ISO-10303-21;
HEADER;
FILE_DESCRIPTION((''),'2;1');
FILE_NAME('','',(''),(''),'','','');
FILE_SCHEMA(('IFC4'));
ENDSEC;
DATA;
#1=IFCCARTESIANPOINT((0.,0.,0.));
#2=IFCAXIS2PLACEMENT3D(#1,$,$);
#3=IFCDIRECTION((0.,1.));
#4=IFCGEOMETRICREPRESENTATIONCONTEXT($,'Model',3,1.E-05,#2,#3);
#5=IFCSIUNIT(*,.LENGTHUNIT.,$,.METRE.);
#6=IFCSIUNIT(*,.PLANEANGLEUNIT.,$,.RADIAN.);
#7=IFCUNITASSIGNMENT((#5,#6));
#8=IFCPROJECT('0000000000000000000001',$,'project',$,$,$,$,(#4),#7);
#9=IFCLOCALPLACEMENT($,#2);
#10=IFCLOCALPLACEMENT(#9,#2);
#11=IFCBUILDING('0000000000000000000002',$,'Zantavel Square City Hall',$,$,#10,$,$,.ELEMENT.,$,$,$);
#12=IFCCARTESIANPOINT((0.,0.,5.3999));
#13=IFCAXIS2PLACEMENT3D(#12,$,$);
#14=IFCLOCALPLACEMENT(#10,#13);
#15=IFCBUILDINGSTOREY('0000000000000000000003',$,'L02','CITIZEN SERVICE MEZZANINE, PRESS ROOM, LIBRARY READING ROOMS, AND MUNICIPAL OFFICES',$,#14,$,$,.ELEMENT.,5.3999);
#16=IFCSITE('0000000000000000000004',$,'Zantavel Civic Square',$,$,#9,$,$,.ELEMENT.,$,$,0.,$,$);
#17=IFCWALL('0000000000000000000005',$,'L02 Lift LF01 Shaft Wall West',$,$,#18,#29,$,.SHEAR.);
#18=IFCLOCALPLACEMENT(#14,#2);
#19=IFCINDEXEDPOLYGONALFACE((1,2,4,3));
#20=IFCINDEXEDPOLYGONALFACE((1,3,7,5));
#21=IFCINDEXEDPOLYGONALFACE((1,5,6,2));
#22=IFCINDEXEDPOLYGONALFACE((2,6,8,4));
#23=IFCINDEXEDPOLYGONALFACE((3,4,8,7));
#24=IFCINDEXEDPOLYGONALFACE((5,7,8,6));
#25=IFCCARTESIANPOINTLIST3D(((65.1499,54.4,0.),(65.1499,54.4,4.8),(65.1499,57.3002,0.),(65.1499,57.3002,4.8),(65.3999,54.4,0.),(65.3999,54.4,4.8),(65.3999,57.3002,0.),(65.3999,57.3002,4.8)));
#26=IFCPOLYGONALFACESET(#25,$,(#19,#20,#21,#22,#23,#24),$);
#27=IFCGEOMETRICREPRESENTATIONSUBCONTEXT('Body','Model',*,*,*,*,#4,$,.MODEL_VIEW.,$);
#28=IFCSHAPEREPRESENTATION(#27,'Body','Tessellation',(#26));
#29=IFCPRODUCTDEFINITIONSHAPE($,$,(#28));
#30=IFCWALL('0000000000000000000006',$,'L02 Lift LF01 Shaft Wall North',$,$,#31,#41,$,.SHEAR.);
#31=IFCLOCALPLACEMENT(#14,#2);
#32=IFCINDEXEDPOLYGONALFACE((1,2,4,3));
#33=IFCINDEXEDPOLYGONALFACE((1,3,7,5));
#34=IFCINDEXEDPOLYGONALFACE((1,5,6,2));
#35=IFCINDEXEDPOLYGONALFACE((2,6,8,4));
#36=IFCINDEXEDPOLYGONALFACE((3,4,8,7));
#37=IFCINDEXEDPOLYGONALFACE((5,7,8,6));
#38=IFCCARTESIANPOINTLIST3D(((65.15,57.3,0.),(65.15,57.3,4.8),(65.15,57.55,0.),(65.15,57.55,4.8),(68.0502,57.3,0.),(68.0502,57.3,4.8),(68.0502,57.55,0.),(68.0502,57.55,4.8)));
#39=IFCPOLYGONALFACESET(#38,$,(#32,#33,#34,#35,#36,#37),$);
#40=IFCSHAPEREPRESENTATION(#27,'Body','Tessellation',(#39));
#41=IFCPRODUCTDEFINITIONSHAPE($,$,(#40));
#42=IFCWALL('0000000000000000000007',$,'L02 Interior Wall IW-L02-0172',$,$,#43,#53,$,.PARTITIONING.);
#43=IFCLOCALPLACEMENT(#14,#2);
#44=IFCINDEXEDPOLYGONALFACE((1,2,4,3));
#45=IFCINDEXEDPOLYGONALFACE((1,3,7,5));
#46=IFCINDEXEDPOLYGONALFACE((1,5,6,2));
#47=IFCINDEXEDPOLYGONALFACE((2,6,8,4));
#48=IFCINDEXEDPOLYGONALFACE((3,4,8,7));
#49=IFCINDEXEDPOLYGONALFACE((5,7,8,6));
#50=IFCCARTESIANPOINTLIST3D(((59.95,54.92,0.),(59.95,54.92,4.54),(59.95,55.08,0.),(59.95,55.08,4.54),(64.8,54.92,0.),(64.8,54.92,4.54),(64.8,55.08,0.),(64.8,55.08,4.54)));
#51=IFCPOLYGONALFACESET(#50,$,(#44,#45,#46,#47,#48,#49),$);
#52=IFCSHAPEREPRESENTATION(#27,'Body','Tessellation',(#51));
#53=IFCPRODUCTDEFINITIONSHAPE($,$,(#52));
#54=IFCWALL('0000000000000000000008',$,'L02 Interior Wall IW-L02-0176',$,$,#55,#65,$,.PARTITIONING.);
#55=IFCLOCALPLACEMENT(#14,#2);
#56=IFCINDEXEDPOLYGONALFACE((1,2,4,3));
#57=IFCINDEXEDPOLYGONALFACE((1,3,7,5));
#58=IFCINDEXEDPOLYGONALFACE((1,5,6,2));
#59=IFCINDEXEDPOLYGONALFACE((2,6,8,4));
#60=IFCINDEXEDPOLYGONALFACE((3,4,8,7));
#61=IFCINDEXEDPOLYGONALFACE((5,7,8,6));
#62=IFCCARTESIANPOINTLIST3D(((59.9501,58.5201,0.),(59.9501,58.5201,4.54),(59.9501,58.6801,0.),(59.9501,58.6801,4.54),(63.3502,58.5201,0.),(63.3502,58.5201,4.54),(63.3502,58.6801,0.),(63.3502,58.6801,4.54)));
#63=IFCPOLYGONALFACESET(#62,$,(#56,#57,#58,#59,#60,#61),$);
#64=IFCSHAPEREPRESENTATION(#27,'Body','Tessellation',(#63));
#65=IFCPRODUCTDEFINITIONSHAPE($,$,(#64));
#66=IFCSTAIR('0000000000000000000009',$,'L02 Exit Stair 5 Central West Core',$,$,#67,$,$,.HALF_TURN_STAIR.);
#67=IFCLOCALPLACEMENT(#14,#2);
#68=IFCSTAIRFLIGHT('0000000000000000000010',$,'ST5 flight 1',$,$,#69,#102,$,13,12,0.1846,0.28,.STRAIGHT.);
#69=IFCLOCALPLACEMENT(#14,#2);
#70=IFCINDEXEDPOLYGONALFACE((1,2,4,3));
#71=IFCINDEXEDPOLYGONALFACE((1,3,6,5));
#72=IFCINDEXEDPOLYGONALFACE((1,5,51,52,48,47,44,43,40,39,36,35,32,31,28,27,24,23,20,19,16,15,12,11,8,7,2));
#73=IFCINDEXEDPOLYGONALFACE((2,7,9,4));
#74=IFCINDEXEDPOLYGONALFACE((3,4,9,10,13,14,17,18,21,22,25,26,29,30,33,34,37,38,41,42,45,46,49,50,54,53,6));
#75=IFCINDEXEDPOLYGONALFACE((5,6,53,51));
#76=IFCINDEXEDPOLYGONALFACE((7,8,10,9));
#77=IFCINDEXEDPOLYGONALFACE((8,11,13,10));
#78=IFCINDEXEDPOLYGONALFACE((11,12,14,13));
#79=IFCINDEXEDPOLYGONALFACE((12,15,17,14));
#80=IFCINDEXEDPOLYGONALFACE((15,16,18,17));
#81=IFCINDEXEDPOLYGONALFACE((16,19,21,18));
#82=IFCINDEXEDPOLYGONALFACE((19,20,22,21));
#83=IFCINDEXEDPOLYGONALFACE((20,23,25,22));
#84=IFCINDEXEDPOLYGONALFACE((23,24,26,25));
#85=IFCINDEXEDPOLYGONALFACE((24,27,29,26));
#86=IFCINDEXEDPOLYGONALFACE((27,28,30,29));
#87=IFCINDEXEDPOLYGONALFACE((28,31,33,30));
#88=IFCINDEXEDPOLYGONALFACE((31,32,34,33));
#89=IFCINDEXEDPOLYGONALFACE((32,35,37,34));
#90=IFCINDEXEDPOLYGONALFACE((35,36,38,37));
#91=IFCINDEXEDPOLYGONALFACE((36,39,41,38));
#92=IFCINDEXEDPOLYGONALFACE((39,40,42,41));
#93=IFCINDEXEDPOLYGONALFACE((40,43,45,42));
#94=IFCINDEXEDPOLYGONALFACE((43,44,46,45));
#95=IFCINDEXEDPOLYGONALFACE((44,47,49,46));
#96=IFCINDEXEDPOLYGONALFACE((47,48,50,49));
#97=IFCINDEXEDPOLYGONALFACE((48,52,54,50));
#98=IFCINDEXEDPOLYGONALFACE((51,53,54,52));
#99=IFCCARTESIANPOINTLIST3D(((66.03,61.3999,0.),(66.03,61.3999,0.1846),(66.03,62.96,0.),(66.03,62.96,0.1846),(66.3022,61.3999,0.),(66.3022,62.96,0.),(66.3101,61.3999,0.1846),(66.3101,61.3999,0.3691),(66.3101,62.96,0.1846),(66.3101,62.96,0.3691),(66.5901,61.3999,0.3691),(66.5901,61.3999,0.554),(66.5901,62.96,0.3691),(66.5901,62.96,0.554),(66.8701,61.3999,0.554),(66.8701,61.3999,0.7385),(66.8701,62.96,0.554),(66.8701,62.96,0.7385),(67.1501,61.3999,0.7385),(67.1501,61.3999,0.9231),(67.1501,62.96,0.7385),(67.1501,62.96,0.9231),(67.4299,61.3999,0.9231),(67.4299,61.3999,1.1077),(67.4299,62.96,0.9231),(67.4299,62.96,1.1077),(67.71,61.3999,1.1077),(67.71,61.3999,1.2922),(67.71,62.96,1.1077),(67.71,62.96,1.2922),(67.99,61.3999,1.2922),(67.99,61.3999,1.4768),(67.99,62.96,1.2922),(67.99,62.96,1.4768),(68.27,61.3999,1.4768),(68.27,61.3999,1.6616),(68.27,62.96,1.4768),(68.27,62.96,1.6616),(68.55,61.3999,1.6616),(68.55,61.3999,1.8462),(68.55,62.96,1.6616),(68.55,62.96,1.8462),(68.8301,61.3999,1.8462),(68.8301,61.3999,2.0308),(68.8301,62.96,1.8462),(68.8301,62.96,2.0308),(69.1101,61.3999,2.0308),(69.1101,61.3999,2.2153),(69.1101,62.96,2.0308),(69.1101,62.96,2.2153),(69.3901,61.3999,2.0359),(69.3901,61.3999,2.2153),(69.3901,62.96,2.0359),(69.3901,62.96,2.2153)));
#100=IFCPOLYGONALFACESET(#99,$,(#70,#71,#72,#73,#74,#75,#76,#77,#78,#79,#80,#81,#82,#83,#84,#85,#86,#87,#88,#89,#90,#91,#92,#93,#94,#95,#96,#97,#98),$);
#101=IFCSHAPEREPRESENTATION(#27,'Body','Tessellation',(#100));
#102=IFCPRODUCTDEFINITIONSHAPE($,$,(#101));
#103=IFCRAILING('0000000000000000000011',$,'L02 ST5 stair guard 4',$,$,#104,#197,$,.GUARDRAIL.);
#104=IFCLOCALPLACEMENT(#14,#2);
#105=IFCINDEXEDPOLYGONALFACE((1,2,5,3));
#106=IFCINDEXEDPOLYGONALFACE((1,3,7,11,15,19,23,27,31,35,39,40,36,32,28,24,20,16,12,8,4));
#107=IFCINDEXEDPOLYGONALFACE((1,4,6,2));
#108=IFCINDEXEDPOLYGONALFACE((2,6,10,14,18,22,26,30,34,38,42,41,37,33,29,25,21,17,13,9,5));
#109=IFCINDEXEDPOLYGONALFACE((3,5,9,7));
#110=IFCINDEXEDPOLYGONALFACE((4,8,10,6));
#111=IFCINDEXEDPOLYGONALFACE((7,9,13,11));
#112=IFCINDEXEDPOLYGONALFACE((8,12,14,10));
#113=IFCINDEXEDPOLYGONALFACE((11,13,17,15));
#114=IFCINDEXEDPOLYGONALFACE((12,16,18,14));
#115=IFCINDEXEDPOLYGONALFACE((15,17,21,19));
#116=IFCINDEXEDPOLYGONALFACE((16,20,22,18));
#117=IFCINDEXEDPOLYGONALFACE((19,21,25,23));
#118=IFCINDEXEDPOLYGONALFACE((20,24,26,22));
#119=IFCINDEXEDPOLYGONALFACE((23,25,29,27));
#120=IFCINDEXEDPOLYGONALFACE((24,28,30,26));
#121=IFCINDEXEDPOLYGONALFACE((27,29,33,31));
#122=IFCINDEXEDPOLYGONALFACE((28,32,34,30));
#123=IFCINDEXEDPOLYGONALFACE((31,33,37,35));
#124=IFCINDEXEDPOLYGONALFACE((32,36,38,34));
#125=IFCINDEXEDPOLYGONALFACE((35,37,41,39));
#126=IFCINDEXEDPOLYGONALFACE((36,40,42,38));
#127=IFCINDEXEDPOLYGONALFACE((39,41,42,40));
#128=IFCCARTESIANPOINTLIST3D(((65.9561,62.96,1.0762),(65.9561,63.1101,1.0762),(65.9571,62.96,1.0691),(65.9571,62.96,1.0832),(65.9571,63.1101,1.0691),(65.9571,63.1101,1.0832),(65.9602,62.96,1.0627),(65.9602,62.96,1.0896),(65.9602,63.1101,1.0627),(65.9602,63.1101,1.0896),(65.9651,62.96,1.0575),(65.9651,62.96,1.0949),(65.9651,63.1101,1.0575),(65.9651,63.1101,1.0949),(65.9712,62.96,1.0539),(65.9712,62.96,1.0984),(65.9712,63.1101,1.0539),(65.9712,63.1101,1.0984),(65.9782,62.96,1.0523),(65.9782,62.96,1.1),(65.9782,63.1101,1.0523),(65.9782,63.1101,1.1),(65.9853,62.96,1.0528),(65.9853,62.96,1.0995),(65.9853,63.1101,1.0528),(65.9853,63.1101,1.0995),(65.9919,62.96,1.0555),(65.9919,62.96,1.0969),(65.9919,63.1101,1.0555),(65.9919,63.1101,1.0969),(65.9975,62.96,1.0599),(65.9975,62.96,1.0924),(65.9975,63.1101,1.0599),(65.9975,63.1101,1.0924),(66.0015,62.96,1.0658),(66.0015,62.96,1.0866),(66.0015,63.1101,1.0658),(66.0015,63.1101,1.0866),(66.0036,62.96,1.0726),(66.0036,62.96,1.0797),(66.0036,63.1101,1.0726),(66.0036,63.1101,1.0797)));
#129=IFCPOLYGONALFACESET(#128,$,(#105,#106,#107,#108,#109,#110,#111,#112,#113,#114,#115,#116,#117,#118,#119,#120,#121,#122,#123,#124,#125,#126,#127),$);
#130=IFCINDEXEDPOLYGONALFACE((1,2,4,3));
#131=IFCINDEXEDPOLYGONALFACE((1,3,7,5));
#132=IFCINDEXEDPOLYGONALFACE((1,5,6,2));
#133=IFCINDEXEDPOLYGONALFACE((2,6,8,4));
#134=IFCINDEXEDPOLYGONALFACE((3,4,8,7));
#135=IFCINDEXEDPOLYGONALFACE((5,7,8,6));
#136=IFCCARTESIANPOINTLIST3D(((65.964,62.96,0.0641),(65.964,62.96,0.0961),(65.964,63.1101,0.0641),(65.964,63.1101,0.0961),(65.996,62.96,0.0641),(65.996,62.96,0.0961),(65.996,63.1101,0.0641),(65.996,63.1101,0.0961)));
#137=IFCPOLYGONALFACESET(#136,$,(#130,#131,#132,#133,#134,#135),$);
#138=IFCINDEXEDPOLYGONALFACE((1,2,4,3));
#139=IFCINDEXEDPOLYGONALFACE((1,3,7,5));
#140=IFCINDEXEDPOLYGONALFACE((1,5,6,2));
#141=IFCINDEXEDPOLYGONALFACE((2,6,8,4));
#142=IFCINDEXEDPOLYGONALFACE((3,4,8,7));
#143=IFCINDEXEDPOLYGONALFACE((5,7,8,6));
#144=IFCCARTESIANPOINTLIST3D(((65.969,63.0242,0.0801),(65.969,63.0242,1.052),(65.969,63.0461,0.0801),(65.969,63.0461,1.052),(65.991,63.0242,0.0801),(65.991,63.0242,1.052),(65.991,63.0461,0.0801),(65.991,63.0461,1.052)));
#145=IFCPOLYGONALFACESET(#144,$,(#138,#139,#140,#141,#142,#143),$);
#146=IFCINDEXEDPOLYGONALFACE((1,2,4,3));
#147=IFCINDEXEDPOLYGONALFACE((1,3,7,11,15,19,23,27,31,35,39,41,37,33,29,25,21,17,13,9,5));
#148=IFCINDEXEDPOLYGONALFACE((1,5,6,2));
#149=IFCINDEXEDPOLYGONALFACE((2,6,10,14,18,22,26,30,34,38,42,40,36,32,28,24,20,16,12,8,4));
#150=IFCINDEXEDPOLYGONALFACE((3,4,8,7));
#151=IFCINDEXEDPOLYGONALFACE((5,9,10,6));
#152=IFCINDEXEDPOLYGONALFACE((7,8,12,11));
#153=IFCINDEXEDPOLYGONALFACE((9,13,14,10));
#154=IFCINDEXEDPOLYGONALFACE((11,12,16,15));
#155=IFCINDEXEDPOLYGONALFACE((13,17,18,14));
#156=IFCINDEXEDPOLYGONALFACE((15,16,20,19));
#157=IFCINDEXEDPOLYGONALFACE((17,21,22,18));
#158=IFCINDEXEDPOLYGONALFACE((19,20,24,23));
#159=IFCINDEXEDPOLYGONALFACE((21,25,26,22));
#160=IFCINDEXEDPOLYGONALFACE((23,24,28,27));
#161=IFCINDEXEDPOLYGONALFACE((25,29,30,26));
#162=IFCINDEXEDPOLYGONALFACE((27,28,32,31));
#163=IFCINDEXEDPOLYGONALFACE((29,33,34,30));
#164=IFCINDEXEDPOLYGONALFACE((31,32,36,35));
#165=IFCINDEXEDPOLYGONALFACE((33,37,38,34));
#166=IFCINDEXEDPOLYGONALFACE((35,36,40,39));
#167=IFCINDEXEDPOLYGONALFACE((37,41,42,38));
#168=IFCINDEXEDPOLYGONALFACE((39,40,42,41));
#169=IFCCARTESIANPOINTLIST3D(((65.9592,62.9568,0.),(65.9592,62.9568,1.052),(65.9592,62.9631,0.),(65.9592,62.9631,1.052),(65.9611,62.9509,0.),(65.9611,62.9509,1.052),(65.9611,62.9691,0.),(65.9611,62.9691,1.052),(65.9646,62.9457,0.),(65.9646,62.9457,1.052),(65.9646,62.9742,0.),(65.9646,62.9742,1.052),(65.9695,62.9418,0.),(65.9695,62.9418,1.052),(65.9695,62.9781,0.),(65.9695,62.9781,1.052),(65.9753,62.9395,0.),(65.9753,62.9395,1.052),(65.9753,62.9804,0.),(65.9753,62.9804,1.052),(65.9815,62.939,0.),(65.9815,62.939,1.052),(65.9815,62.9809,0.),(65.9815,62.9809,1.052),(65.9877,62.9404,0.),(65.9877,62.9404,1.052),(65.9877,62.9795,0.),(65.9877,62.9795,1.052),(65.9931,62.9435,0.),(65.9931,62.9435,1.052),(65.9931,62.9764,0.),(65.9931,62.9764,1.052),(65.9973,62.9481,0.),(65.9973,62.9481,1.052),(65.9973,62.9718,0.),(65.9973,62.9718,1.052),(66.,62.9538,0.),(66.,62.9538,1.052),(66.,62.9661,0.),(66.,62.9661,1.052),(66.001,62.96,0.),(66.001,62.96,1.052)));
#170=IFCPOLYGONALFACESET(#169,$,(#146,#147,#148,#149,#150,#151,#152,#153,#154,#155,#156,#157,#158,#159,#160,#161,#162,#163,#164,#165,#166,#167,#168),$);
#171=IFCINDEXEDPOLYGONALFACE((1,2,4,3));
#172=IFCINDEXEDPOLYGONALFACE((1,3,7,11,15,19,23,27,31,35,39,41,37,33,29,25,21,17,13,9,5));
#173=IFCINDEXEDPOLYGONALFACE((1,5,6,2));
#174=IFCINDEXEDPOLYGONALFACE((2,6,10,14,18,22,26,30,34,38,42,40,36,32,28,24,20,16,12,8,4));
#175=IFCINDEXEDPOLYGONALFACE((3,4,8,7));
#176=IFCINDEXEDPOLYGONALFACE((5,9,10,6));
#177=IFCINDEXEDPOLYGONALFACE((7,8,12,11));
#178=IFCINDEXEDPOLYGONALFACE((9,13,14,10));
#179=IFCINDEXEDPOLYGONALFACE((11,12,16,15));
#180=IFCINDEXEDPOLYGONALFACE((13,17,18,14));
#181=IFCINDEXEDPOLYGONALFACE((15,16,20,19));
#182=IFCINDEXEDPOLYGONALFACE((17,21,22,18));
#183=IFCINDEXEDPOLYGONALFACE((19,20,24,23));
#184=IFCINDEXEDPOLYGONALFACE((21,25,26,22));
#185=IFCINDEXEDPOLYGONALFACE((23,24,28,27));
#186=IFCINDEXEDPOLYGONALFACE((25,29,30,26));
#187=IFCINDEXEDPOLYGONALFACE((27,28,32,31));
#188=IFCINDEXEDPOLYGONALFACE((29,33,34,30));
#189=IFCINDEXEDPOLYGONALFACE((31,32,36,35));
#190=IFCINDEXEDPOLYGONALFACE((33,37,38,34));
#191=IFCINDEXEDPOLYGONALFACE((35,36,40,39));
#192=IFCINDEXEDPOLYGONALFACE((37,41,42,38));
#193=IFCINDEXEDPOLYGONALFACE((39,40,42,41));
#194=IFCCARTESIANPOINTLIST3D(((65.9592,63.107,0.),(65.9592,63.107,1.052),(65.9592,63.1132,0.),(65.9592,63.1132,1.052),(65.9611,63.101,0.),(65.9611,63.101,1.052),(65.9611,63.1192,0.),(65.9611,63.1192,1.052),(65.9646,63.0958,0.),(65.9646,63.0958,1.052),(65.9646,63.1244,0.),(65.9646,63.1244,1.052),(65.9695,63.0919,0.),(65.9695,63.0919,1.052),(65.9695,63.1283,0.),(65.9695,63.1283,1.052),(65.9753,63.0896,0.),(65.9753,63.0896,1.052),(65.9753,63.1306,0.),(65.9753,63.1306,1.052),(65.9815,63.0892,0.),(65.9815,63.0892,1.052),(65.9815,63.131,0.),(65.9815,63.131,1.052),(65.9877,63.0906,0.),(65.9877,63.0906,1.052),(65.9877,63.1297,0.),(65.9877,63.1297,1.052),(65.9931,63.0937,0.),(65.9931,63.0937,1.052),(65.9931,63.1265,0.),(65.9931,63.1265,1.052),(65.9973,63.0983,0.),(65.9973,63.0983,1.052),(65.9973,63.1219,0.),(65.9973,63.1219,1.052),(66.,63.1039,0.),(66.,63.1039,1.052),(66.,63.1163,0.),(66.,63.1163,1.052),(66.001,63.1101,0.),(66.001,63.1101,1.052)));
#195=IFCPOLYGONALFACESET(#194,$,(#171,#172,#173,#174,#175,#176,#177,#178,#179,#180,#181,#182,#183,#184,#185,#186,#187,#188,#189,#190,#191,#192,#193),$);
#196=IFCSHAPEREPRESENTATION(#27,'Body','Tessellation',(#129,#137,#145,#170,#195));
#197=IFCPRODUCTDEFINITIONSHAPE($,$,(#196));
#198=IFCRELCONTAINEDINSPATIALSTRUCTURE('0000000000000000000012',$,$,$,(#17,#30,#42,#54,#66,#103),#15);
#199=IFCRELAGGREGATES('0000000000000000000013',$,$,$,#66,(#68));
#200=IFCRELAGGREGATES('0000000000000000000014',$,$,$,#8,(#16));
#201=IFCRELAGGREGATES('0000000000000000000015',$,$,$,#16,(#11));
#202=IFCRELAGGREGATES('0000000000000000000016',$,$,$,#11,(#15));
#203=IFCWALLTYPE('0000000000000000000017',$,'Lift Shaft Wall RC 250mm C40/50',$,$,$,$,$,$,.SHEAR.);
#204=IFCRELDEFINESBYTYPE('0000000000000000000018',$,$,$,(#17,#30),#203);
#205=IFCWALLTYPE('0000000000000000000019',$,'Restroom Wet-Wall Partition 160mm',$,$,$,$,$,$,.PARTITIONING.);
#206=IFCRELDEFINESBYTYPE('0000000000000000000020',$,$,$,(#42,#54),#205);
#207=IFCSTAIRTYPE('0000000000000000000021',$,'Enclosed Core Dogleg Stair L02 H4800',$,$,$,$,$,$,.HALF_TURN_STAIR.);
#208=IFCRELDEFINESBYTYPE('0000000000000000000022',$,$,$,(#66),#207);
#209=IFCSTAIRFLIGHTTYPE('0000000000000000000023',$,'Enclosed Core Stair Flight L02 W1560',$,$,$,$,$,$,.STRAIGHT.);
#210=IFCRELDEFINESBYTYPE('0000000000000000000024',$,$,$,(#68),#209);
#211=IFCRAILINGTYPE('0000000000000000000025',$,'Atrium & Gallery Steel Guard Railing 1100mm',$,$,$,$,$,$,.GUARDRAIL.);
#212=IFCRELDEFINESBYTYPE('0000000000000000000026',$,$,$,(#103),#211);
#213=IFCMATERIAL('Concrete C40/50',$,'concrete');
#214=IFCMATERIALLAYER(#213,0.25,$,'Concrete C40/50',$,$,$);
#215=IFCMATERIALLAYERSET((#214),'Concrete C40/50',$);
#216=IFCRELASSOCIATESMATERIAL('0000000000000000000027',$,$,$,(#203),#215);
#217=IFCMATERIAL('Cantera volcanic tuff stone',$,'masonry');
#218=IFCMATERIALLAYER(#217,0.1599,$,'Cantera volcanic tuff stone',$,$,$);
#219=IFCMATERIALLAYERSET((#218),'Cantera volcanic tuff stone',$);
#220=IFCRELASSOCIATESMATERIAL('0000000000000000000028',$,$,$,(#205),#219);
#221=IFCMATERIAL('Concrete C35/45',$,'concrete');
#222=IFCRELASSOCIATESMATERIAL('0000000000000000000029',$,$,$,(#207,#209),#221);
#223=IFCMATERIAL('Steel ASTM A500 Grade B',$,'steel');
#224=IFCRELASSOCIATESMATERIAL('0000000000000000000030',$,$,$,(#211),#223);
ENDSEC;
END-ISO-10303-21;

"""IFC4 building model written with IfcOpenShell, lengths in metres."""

from ifc_helpers import new_model, si_unit, direction, frame, frame_2d, origin, origin_2d, place, context, subcontext, project, spatial, polyline, rectangle, circle, outline, extrude, material, layer, layer_set, type_object, element, aggregate, save


model = new_model("IFC4")

# Units and contexts
model_context = context("Model", 3, precision=1e-05, world=origin(), true_north=direction((0.0, 1.0)))
body_context = subcontext(model_context, "Body", "Model", "MODEL_VIEW")
ifc_project = project(units=[si_unit("LENGTHUNIT", "METRE"), si_unit("PLANEANGLEUNIT", "RADIAN")], contexts=[model_context])

# Site, building, storey
site_placement = place(None, origin())
site = spatial("IfcSite", under=ifc_project, at=site_placement, Name="Zantavel Civic Square", CompositionType="ELEMENT", RefElevation=0.0)
building_placement = place(site_placement, origin())
building = spatial("IfcBuilding", under=site, at=building_placement, Name="Zantavel Square City Hall", CompositionType="ELEMENT")
storey_placement = place(building_placement, frame((0.0, 0.0, 5.3999)))
storey = spatial("IfcBuildingStorey", under=building, at=storey_placement, Name="L02", Description="CITIZEN SERVICE MEZZANINE, PRESS ROOM, LIBRARY READING ROOMS, AND MUNICIPAL OFFICES", CompositionType="ELEMENT", Elevation=5.3999)

# Shared definitions
ifc_material_1 = material(Name="Concrete C40/50", Category="concrete")

# Shared definitions
ifc_material_2 = material(Name="Concrete C35/45", Category="concrete")

# Shared definitions
ifc_material_3 = material(Name="Cantera volcanic tuff stone", Category="masonry")

# Walls
ifc_layer_1 = layer(ifc_material_1, 0.25, Name="Concrete C40/50")
ifc_layer_set_1 = layer_set([ifc_layer_1], Name="Concrete C40/50")
wall_type_1 = type_object("IfcWallType", Name="Lift Shaft Wall RC 250mm C40/50", PredefinedType="SHEAR", material=ifc_layer_set_1)
for number, where, z_axis, x_axis, name in (
    (1, (65.2749, 54.3999, 0.0), (0.0, 0.0, 1.0), (0.0, 1.0, 0.0), "L02 Lift LF01 Shaft Wall West"),
    (2, (65.1499, 57.425, 0.0), (0.0, 0.0, 1.0), (1.0, 0.0, 0.0), "L02 Lift LF01 Shaft Wall North"),
):
    element("IfcWall", number, at=place(storey_placement, frame(where, z_axis=z_axis, x_axis=x_axis)), inside=storey, type_object=wall_type_1, Name=name, PredefinedType="SHEAR", context=body_context, shape_type="SweptSolid", body=[
        extrude(rectangle(XDim=2.9001, YDim=0.25, at=frame_2d((1.4502, 0.0))), origin(), (0.0, 0.0, 1.0), 4.8),
    ])
ifc_layer_2 = layer(ifc_material_3, 0.1599, Name="Cantera volcanic tuff stone")
ifc_layer_set_2 = layer_set([ifc_layer_2], Name="Cantera volcanic tuff stone")
wall_type_2 = type_object("IfcWallType", Name="Restroom Wet-Wall Partition 160mm", PredefinedType="PARTITIONING", material=ifc_layer_set_2)
wall_1_placement = place(storey_placement, frame((59.95, 55.0, 0.0), z_axis=(0.0, 0.0, 1.0), x_axis=(1.0, 0.0, 0.0)))
element("IfcWall", 3, at=wall_1_placement, inside=storey, type_object=wall_type_2, Name="L02 Interior Wall IW-L02-0172", PredefinedType="PARTITIONING", context=body_context, shape_type="SweptSolid", body=[
    extrude(rectangle(XDim=4.8501, YDim=0.1599, at=frame_2d((2.425, 0.0))), origin(), (0.0, 0.0, 1.0), 4.54),
])
wall_2_placement = place(storey_placement, frame((59.95, 58.6001, 0.0), z_axis=(0.0, 0.0, 1.0), x_axis=(1.0, 0.0, 0.0)))
element("IfcWall", 4, at=wall_2_placement, inside=storey, type_object=wall_type_2, Name="L02 Interior Wall IW-L02-0176", PredefinedType="PARTITIONING", context=body_context, shape_type="SweptSolid", body=[
    extrude(rectangle(XDim=3.4001, YDim=0.1599, at=frame_2d((1.7002, 0.0))), origin(), (0.0, 0.0, 1.0), 4.54),
])

# Stair, stair flight
stair_type = type_object("IfcStairType", Name="Enclosed Core Dogleg Stair L02 H4800", PredefinedType="HALF_TURN_STAIR", material=ifc_material_2)
stair_placement = place(storey_placement, origin())
stair = element("IfcStair", 5, at=stair_placement, inside=storey, type_object=stair_type, Name="L02 Exit Stair 5 Central West Core", PredefinedType="HALF_TURN_STAIR")
stair_flight_type = type_object("IfcStairFlightType", Name="Enclosed Core Stair Flight L02 W1560", PredefinedType="STRAIGHT", material=ifc_material_2)
stair_flight_placement = place(storey_placement, frame((66.03, 62.1799, 0.0), z_axis=(0.0, 0.0, 1.0), x_axis=(1.0, 0.0, 0.0)))
stair_flight = element("IfcStairFlight", 6, at=stair_flight_placement, type_object=stair_flight_type, Name="ST5 flight 1", NumberOfRisers=13, NumberOfTreads=12, PredefinedType="STRAIGHT", RiserHeight=0.1846, TreadLength=0.28, context=body_context, shape_type="SweptSolid", body=[
    extrude(outline(polyline([(0.0, 0.0), (0.0, 0.1846), (0.28, 0.1846), (0.28, 0.3691), (0.5601, 0.3691), (0.5601, 0.554), (0.8401, 0.554), (0.8401, 0.7385), (1.1201, 0.7385), (1.1201, 0.9231), (1.3999, 0.9231), (1.3999, 1.1077), (1.6799, 1.1077), (1.6799, 1.2922), (1.96, 1.2922), (1.96, 1.4768), (2.24, 1.4768), (2.24, 1.6616), (2.52, 1.6616), (2.52, 1.8462), (2.8, 1.8462), (2.8, 2.0308), (3.0801, 2.0308), (3.0801, 2.2153), (3.3601, 2.2153), (3.3601, 2.3999), (3.3601, 2.0359), (0.2722, 0.0), (0.0, 0.0)])), frame((0.0, 0.78, 0.0), z_axis=(0.0, -1.0, 0.0), x_axis=(1.0, 0.0, 0.0)), (0.0, 0.0, 1.0), 1.5601),
])
aggregate(stair, [stair_flight])

# Railing
ifc_material_4 = material(Name="Steel ASTM A500 Grade B", Category="steel")
railing_type_1 = type_object("IfcRailingType", Name="Atrium & Gallery Steel Guard Railing 1100mm", PredefinedType="GUARDRAIL", material=ifc_material_4)
railing_1_placement = place(storey_placement, frame((65.98, 62.96, 0.0)))
element("IfcRailing", 7, at=railing_1_placement, inside=storey, type_object=railing_type_1, Name="L02 ST5 stair guard 4", PredefinedType="GUARDRAIL", context=body_context, shape_type="SweptSolid", body=[
    extrude(circle(Radius=0.0239, at=origin_2d()), frame((0.0, 0.0, 1.0762), z_axis=(0.0, 1.0, 0.0), x_axis=(-1.0, 0.0, 0.0)), (0.0, 0.0, 1.0), 0.1501),
    extrude(rectangle(XDim=0.032, YDim=0.032, at=origin_2d()), frame((0.0, 0.0, 0.0801), z_axis=(0.0, 1.0, 0.0), x_axis=(-1.0, 0.0, 0.0)), (0.0, 0.0, 1.0), 0.1501),
    extrude(rectangle(XDim=0.022, YDim=0.022, at=origin_2d()), frame((0.0, 0.0752, 0.0801)), (0.0, 0.0, 1.0), 0.9719),
    extrude(circle(Radius=0.021, at=origin_2d()), origin(), (0.0, 0.0, 1.0), 1.052),
    extrude(circle(Radius=0.021, at=origin_2d()), frame((0.0, 0.1501, 0.0)), (0.0, 0.0, 1.0), 1.052),
])

save(model, "model.ifc")
